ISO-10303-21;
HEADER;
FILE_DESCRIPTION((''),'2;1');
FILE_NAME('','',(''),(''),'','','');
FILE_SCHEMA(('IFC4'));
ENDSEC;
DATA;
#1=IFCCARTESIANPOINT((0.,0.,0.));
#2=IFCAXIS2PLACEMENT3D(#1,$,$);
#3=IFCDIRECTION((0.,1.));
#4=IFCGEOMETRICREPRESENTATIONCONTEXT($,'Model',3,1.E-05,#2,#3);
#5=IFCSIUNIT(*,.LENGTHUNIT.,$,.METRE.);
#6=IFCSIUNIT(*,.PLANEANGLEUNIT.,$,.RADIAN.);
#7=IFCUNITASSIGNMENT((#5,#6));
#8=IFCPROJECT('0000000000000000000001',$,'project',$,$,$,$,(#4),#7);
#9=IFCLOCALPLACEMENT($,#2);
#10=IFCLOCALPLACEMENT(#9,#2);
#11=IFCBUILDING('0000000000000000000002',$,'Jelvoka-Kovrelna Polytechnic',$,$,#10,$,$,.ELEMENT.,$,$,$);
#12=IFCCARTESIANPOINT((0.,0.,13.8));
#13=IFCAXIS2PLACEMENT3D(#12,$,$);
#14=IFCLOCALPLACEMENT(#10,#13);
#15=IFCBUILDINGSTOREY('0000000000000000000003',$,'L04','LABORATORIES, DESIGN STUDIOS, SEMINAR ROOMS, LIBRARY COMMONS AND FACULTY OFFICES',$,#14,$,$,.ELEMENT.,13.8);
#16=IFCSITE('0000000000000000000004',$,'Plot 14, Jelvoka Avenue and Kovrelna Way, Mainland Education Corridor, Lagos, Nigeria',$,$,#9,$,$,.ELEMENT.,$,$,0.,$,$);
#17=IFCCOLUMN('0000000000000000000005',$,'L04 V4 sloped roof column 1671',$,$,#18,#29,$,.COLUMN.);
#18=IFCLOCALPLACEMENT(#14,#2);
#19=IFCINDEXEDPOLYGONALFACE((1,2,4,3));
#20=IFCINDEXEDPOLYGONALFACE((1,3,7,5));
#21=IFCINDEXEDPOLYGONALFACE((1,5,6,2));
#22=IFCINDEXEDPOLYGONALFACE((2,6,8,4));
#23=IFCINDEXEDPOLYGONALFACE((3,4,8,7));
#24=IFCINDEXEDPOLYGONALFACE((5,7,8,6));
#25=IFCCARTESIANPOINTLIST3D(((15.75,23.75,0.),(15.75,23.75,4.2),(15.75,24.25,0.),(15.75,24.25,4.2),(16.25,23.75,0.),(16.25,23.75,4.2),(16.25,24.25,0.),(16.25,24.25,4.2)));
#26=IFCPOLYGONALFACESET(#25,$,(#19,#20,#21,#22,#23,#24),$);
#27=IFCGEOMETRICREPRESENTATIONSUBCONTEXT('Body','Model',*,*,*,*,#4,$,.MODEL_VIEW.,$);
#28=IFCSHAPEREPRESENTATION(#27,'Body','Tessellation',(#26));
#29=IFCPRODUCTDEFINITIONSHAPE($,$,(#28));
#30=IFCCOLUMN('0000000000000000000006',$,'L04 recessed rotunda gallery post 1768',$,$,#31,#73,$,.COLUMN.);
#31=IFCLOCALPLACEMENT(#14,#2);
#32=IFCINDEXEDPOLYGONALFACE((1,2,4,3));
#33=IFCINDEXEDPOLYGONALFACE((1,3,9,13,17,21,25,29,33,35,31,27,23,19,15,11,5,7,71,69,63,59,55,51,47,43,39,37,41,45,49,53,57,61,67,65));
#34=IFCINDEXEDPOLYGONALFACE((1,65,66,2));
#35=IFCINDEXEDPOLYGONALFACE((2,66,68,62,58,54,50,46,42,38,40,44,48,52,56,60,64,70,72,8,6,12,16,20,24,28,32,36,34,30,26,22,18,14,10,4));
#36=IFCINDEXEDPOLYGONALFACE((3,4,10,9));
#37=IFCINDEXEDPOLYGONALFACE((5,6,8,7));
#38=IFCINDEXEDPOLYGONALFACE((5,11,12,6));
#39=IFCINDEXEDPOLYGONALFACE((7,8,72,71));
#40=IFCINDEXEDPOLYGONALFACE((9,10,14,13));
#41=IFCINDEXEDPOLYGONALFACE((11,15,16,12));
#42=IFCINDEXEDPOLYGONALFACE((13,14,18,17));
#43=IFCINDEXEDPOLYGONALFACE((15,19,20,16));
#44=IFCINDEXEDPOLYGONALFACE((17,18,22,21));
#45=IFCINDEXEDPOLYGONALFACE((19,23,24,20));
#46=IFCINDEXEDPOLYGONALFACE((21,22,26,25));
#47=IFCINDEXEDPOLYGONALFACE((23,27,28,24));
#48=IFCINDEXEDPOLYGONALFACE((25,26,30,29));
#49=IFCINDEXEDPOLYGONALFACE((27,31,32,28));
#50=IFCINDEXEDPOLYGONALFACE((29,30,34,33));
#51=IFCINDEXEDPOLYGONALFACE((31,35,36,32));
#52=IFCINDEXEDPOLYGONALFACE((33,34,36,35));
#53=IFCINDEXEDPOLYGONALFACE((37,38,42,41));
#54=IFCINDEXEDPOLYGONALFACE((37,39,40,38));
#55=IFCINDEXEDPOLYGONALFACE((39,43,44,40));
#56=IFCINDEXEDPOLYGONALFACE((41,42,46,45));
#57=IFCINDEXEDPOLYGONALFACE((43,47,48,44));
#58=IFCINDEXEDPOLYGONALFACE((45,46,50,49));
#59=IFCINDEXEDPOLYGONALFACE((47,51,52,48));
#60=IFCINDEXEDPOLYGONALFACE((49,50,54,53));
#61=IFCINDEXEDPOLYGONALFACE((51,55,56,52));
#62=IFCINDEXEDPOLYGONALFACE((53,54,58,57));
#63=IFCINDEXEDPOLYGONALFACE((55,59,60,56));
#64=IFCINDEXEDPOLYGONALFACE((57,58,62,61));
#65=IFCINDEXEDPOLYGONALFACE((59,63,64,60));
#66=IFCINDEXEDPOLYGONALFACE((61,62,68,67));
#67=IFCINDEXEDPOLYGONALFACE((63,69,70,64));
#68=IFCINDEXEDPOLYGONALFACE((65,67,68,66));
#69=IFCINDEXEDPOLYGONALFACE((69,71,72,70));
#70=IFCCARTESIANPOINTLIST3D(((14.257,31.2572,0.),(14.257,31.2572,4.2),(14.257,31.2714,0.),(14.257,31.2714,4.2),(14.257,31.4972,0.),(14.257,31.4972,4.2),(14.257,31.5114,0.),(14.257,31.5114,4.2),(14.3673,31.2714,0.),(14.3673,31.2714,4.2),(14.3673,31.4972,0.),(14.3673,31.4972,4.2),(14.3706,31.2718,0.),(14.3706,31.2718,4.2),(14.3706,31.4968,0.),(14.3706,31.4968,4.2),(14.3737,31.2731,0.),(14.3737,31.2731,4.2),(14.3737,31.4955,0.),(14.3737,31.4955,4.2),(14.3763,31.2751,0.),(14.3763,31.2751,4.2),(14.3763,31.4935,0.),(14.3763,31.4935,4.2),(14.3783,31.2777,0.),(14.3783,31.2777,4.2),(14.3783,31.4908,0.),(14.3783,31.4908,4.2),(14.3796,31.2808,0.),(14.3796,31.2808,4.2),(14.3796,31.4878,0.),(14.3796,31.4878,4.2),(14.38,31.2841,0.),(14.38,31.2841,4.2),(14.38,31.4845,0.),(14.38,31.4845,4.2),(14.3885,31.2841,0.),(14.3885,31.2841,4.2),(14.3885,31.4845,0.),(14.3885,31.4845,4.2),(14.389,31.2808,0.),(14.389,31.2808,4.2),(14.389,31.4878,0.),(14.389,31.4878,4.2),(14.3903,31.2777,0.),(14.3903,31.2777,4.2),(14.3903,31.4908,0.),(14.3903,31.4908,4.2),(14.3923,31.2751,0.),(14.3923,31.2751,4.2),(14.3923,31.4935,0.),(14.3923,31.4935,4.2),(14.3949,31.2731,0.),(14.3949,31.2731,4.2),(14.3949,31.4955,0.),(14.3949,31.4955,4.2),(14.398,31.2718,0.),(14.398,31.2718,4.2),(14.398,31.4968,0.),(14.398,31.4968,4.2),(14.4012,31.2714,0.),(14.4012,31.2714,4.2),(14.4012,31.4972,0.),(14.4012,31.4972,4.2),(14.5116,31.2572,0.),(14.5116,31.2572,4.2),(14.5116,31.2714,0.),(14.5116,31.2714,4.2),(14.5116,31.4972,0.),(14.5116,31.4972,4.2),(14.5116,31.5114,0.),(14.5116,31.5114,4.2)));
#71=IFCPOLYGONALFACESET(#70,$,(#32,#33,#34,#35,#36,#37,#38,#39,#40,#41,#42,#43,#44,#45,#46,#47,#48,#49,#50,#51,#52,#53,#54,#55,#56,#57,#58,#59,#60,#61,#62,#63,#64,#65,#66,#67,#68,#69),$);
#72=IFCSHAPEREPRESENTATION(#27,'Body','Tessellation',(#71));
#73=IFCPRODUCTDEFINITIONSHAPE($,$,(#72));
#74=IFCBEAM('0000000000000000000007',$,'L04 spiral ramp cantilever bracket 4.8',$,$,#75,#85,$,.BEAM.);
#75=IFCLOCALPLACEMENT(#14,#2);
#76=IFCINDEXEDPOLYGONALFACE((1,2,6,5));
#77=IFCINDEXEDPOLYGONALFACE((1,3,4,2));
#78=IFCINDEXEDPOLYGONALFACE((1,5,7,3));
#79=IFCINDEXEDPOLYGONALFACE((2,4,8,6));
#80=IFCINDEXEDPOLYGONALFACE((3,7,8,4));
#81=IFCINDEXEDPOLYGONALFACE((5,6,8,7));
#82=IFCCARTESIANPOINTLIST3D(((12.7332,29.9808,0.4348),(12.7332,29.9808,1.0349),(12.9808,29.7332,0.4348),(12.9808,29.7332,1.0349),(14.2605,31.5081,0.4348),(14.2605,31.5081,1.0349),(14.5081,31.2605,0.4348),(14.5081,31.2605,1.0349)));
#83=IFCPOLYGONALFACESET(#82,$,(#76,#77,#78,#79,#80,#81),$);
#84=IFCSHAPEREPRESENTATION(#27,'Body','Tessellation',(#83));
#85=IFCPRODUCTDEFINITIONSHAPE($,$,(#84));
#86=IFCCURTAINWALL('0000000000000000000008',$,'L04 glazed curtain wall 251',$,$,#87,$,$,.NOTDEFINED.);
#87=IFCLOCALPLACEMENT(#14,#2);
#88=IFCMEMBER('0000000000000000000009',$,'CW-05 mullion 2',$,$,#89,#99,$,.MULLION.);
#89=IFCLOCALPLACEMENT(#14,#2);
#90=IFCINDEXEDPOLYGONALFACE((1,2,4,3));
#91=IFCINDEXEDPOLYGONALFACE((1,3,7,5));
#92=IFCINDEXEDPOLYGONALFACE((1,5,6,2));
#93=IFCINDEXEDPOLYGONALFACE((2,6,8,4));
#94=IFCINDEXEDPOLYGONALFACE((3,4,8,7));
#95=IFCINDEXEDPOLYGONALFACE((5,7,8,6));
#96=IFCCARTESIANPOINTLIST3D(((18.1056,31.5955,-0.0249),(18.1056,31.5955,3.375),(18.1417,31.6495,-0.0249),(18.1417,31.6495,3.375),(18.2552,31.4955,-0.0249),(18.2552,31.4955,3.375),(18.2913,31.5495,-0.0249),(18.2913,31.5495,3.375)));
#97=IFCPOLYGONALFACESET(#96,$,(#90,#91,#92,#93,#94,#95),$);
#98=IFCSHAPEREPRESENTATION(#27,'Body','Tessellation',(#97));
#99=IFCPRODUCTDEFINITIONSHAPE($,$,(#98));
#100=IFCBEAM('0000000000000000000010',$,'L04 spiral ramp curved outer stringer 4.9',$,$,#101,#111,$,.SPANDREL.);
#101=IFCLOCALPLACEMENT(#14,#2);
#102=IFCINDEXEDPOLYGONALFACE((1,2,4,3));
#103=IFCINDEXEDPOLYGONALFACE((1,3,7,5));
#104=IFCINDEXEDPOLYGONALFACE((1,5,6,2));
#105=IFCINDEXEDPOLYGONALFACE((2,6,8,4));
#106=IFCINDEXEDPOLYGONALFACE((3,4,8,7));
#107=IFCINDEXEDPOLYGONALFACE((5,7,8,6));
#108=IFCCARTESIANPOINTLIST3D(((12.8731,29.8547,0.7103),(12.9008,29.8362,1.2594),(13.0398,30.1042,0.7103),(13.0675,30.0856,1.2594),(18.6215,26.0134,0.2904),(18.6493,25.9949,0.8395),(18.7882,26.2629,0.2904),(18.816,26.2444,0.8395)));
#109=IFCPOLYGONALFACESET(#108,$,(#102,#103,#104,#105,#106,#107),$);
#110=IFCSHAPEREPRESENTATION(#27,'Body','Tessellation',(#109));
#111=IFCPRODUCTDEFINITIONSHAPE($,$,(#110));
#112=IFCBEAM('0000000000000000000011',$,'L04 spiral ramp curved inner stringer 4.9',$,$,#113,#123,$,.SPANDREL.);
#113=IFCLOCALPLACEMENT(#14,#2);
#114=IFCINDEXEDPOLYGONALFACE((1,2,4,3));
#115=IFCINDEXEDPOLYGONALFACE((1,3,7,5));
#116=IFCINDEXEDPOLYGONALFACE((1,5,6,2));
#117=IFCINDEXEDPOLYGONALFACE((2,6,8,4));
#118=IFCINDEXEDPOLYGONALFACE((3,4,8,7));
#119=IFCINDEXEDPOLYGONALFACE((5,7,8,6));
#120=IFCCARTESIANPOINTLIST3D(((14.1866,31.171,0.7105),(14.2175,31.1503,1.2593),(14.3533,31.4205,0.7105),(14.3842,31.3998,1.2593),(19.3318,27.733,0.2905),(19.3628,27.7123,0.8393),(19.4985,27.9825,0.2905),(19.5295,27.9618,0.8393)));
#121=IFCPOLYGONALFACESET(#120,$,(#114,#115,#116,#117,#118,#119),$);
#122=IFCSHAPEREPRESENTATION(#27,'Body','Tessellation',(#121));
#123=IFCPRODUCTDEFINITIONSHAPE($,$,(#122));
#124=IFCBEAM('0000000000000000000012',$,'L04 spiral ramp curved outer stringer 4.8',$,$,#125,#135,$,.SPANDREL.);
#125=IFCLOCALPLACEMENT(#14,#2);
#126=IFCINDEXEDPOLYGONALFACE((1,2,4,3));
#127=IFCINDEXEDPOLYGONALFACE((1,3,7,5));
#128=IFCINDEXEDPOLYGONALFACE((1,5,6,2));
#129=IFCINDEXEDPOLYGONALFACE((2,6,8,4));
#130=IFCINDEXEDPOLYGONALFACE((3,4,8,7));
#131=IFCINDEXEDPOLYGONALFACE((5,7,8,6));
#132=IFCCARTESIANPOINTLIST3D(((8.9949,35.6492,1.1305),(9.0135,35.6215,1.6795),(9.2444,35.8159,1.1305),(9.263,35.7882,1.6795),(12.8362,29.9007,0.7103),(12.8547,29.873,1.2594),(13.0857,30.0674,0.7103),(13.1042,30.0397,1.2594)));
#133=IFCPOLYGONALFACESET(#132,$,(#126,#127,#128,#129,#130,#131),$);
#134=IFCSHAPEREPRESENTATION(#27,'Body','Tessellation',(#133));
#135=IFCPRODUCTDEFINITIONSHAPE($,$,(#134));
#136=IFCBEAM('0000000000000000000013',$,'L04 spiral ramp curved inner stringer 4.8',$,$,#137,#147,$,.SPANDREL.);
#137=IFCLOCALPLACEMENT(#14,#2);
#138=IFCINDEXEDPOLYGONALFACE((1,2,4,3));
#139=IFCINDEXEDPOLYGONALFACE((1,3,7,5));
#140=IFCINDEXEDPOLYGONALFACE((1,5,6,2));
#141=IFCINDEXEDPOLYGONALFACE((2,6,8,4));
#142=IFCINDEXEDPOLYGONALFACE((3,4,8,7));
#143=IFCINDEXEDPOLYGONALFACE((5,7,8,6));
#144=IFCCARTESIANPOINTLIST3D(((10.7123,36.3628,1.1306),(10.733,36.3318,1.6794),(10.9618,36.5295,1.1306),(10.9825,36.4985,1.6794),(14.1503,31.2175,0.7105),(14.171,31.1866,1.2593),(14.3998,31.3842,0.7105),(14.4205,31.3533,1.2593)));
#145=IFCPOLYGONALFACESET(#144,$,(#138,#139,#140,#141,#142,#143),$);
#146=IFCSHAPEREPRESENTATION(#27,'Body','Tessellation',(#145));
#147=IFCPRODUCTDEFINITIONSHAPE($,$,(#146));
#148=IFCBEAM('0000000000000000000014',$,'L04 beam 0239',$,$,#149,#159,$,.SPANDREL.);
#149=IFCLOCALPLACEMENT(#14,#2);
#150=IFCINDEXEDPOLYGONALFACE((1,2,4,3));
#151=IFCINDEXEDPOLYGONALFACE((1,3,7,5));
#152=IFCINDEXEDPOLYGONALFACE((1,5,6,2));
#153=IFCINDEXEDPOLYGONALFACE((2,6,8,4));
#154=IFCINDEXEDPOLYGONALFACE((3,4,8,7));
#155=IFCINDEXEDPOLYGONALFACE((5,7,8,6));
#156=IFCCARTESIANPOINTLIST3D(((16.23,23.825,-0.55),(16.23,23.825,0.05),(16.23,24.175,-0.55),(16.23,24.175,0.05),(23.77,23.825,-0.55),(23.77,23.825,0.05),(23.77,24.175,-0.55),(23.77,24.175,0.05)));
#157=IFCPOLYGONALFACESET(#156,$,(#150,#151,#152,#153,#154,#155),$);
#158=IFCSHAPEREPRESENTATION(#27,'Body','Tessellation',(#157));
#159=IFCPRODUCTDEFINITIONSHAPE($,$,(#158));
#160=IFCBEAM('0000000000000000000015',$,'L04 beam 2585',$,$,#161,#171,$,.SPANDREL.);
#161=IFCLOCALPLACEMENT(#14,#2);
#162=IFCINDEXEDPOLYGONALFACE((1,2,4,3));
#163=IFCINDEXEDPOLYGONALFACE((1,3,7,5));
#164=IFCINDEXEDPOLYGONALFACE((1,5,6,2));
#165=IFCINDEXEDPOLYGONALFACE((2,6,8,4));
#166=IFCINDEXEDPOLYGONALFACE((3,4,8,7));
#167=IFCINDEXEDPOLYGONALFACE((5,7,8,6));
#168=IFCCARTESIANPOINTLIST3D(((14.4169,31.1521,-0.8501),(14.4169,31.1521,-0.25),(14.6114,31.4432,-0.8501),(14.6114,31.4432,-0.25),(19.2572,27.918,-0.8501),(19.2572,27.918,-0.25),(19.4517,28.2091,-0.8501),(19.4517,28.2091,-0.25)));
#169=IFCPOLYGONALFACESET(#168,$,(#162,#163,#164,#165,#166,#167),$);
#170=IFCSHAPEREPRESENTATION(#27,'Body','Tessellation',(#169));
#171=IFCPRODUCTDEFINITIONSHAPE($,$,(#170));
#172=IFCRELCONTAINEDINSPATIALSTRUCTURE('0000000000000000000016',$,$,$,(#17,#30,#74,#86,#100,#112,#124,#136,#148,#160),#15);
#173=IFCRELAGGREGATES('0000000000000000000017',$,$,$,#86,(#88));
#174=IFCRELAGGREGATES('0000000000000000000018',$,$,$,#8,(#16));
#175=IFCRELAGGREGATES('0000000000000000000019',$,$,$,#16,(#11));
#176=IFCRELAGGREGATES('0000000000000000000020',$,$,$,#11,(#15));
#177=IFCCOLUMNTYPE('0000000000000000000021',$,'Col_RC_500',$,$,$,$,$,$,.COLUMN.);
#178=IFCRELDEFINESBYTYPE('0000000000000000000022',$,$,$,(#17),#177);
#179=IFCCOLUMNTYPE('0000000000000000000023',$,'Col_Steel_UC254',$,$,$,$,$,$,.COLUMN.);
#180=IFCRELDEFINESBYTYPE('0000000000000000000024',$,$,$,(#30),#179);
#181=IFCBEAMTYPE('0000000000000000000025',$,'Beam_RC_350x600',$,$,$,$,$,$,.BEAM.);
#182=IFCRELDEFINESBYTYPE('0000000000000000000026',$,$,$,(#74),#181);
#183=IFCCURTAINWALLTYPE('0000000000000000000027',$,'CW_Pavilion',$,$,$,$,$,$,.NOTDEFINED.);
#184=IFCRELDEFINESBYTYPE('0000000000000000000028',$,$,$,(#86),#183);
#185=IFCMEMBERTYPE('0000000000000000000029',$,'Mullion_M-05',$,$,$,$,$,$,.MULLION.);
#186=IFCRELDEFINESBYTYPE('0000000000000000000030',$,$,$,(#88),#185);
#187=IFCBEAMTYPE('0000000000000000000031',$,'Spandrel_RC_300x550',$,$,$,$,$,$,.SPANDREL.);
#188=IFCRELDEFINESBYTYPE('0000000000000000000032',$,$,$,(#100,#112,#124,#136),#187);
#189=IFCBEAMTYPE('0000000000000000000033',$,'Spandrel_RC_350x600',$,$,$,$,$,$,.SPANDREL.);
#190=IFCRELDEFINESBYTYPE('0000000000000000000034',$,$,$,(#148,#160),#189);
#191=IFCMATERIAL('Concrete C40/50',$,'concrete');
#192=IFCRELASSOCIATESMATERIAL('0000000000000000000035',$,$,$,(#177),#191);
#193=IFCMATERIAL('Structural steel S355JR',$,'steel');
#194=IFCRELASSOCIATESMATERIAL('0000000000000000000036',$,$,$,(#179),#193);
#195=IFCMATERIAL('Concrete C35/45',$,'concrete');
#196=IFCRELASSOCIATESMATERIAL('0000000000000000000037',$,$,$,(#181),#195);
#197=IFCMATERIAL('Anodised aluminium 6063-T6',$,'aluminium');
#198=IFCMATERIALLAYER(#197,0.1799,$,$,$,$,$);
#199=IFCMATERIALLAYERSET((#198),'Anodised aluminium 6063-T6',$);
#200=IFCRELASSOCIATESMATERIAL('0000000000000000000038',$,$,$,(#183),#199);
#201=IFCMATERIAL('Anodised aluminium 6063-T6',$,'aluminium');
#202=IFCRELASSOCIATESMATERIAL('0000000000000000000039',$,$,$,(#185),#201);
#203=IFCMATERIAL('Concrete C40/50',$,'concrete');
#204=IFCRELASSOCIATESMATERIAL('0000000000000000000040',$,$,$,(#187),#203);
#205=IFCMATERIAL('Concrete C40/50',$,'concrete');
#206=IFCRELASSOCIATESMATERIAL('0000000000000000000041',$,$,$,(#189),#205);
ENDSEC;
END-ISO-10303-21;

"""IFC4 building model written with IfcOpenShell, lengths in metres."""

from ifc_helpers import new_model, si_unit, direction, frame, origin, origin_2d, place, context, subcontext, project, spatial, rectangle, i_section, extrude, material, layer, layer_set, material_profile, profile_set, type_object, element, aggregate, save


model = new_model("IFC4")

# Units and contexts
model_context = context("Model", 3, precision=1e-05, world=origin(), true_north=direction((0.0, 1.0)))
body_context = subcontext(model_context, "Body", "Model", "MODEL_VIEW")
ifc_project = project(units=[si_unit("LENGTHUNIT", "METRE"), si_unit("PLANEANGLEUNIT", "RADIAN")], contexts=[model_context])

# Site, building, storey
site_placement = place(None, origin())
site = spatial("IfcSite", under=ifc_project, at=site_placement, Name="Plot 14, Jelvoka Avenue and Kovrelna Way, Mainland Education Corridor, Lagos, Nigeria", CompositionType="ELEMENT", RefElevation=0.0)
building_placement = place(site_placement, origin())
building = spatial("IfcBuilding", under=site, at=building_placement, Name="Jelvoka-Kovrelna Polytechnic", CompositionType="ELEMENT")
storey_placement = place(building_placement, frame((0.0, 0.0, 13.8)))
storey = spatial("IfcBuildingStorey", under=building, at=storey_placement, Name="L04", Description="LABORATORIES, DESIGN STUDIOS, SEMINAR ROOMS, LIBRARY COMMONS AND FACULTY OFFICES", CompositionType="ELEMENT", Elevation=13.8)

# Columns
ifc_material_1 = material(Name="Concrete C40/50", Category="concrete")
ifc_material_profile_1 = material_profile(ifc_material_1, rectangle(XDim=0.5, YDim=0.5, at=origin_2d()), Name="RC 500x500")
ifc_profile_set_1 = profile_set([ifc_material_profile_1], Name="Concrete C40/50")
column_type_1 = type_object("IfcColumnType", Name="Col_RC_500", PredefinedType="COLUMN", material=ifc_profile_set_1)
column_1_placement = place(storey_placement, frame((16.0, 24.0, 0.0), z_axis=(0.0, 0.0, 1.0), x_axis=(1.0, 0.0, 0.0)))
element("IfcColumn", 1, at=column_1_placement, inside=storey, type_object=column_type_1, Name="L04 V4 sloped roof column 1671", PredefinedType="COLUMN", context=body_context, shape_type="SweptSolid", body=[
    extrude(rectangle(XDim=0.5, YDim=0.5, at=origin_2d()), origin(), (0.0, 0.0, 1.0), 4.2),
])
ifc_material_2 = material(Name="Structural steel S355JR", Category="steel")
ifc_material_profile_2 = material_profile(ifc_material_2, i_section(OverallWidth=0.2546, OverallDepth=0.2542, WebThickness=0.0085, FlangeThickness=0.0142, FilletRadius=0.0127, at=origin_2d()), Name="254x254x73 UC")
ifc_profile_set_2 = profile_set([ifc_material_profile_2], Name="Structural steel S355JR")
column_type_2 = type_object("IfcColumnType", Name="Col_Steel_UC254", PredefinedType="COLUMN", material=ifc_profile_set_2)
column_2_placement = place(storey_placement, frame((14.3843, 31.3843, 0.0), z_axis=(0.0, 0.0, 1.0), x_axis=(1.0, 0.0, 0.0)))
element("IfcColumn", 2, at=column_2_placement, inside=storey, type_object=column_type_2, Name="L04 recessed rotunda gallery post 1768", PredefinedType="COLUMN", context=body_context, shape_type="SweptSolid", body=[
    extrude(i_section(OverallWidth=0.2546, OverallDepth=0.2542, WebThickness=0.0085, FlangeThickness=0.0142, FilletRadius=0.0127, at=origin_2d()), origin(), (0.0, 0.0, 1.0), 4.2),
])

# Beam
ifc_material_3 = material(Name="Concrete C35/45", Category="concrete")
ifc_material_profile_3 = material_profile(ifc_material_3, rectangle(XDim=0.3501, YDim=0.6001, at=origin_2d()), Name="RC 350x600")
ifc_profile_set_3 = profile_set([ifc_material_profile_3], Name="Concrete C35/45")
beam_type_1 = type_object("IfcBeamType", Name="Beam_RC_350x600", PredefinedType="BEAM", material=ifc_profile_set_3)
beam_1_placement = place(storey_placement, frame((14.3843, 31.3843, 0.7349), z_axis=(-0.707107, -0.707107, 0.0), x_axis=(0.707107, -0.707107, 0.0)))
element("IfcBeam", 3, at=beam_1_placement, inside=storey, type_object=beam_type_1, Name="L04 spiral ramp cantilever bracket 4.8", PredefinedType="BEAM", context=body_context, shape_type="SweptSolid", body=[
    extrude(rectangle(XDim=0.3501, YDim=0.6001, at=origin_2d()), origin(), (0.0, 0.0, 1.0), 2.1599),
])

# Curtain wall, member
ifc_material_4 = material(Name="Anodised aluminium 6063-T6", Category="aluminium")
ifc_layer_1 = layer(ifc_material_4, 0.1799)
ifc_layer_set_1 = layer_set([ifc_layer_1], Name="Anodised aluminium 6063-T6")
curtain_wall_type = type_object("IfcCurtainWallType", Name="CW_Pavilion", PredefinedType="NOTDEFINED", material=ifc_layer_set_1)
curtain_wall_placement = place(storey_placement, origin())
curtain_wall = element("IfcCurtainWall", 4, at=curtain_wall_placement, inside=storey, type_object=curtain_wall_type, Name="L04 glazed curtain wall 251", PredefinedType="NOTDEFINED")
ifc_material_5 = material(Name="Anodised aluminium 6063-T6", Category="aluminium")
ifc_material_profile_4 = material_profile(ifc_material_5, rectangle(XDim=0.0649, YDim=0.1799, at=origin_2d()), Name="ALU 65x180")
ifc_profile_set_4 = profile_set([ifc_material_profile_4], Name="Anodised aluminium 6063-T6")
member_type_1 = type_object("IfcMemberType", Name="Mullion_M-05", PredefinedType="MULLION", material=ifc_profile_set_4)
member_1_placement = place(storey_placement, frame((18.1985, 31.5725, -0.0249), z_axis=(0.0, 0.0, 1.0), x_axis=(-0.555583, -0.831461, 0.0)))
member_1 = element("IfcMember", 5, at=member_1_placement, type_object=member_type_1, Name="CW-05 mullion 2", PredefinedType="MULLION", context=body_context, shape_type="SweptSolid", body=[
    extrude(rectangle(XDim=0.0649, YDim=0.1799, at=origin_2d()), origin(), (0.0, 0.0, 1.0), 3.3999),
])

# Beams
ifc_material_6 = material(Name="Concrete C40/50", Category="concrete")
ifc_material_profile_5 = material_profile(ifc_material_6, rectangle(XDim=0.3, YDim=0.55, at=origin_2d()), Name="RC 300x550")
ifc_profile_set_5 = profile_set([ifc_material_profile_5], Name="Concrete C40/50")
beam_type_2 = type_object("IfcBeamType", Name="Spandrel_RC_300x550", PredefinedType="SPANDREL", material=ifc_profile_set_5)
beam_2_placement = place(storey_placement, frame((18.7188, 26.1289, 0.5649), z_axis=(-0.829923, 0.554574, 0.060625), x_axis=(-0.555596, -0.831452, 0.0)))
element("IfcBeam", 6, at=beam_2_placement, inside=storey, type_object=beam_type_2, Name="L04 spiral ramp curved outer stringer 4.9", PredefinedType="SPANDREL", context=body_context, shape_type="SweptSolid", body=[
    extrude(rectangle(XDim=0.3, YDim=0.55, at=origin_2d()), origin(), (0.0, 0.0, 1.0), 6.9265),
])
beam_3_placement = place(storey_placement, frame((19.4307, 27.8474, 0.5649), z_axis=(-0.829559, 0.554299, 0.067703), x_axis=(-0.555574, -0.831467, 0.0)))
element("IfcBeam", 7, at=beam_3_placement, inside=storey, type_object=beam_type_2, Name="L04 spiral ramp curved inner stringer 4.9", PredefinedType="SPANDREL", context=body_context, shape_type="SweptSolid", body=[
    extrude(rectangle(XDim=0.3, YDim=0.55, at=origin_2d()), origin(), (0.0, 0.0, 1.0), 6.2024),
])
beam_4_placement = place(storey_placement, frame((12.9702, 29.9702, 0.9849), z_axis=(-0.554573, 0.829921, 0.06066), x_axis=(-0.831452, -0.555596, 0.0)))
element("IfcBeam", 8, at=beam_4_placement, inside=storey, type_object=beam_type_2, Name="L04 spiral ramp curved outer stringer 4.8", PredefinedType="SPANDREL", context=body_context, shape_type="SweptSolid", body=[
    extrude(rectangle(XDim=0.3, YDim=0.55, at=origin_2d()), origin(), (0.0, 0.0, 1.0), 6.9265),
])
beam_5_placement = place(storey_placement, frame((14.2854, 31.2854, 0.9849), z_axis=(-0.554298, 0.829557, 0.067742), x_axis=(-0.831467, -0.555574, 0.0)))
element("IfcBeam", 9, at=beam_5_placement, inside=storey, type_object=beam_type_2, Name="L04 spiral ramp curved inner stringer 4.8", PredefinedType="SPANDREL", context=body_context, shape_type="SweptSolid", body=[
    extrude(rectangle(XDim=0.3, YDim=0.55, at=origin_2d()), origin(), (0.0, 0.0, 1.0), 6.2024),
])
ifc_material_7 = material(Name="Concrete C40/50", Category="concrete")
ifc_material_profile_6 = material_profile(ifc_material_7, rectangle(XDim=0.3501, YDim=0.6001, at=origin_2d()), Name="RC 350x600")
ifc_profile_set_6 = profile_set([ifc_material_profile_6], Name="Concrete C40/50")
beam_type_3 = type_object("IfcBeamType", Name="Spandrel_RC_350x600", PredefinedType="SPANDREL", material=ifc_profile_set_6)
beam_6_placement = place(storey_placement, frame((16.23, 24.0, -0.25), z_axis=(1.0, 0.0, 0.0), x_axis=(0.0, 1.0, 0.0)))
element("IfcBeam", 10, at=beam_6_placement, inside=storey, type_object=beam_type_3, Name="L04 beam 0239", PredefinedType="SPANDREL", context=body_context, shape_type="SweptSolid", body=[
    extrude(rectangle(XDim=0.3501, YDim=0.6001, at=origin_2d()), origin(), (0.0, 0.0, 1.0), 7.54),
])
beam_7_placement = place(storey_placement, frame((14.5142, 31.2976, -0.55), z_axis=(0.831476, -0.555561, 0.0), x_axis=(0.555561, 0.831476, 0.0)))
element("IfcBeam", 11, at=beam_7_placement, inside=storey, type_object=beam_type_3, Name="L04 beam 2585", PredefinedType="SPANDREL", context=body_context, shape_type="SweptSolid", body=[
    extrude(rectangle(XDim=0.3501, YDim=0.6001, at=origin_2d()), origin(), (0.0, 0.0, 1.0), 5.8213),
])

aggregate(curtain_wall, [member_1])

save(model, "model.ifc")
